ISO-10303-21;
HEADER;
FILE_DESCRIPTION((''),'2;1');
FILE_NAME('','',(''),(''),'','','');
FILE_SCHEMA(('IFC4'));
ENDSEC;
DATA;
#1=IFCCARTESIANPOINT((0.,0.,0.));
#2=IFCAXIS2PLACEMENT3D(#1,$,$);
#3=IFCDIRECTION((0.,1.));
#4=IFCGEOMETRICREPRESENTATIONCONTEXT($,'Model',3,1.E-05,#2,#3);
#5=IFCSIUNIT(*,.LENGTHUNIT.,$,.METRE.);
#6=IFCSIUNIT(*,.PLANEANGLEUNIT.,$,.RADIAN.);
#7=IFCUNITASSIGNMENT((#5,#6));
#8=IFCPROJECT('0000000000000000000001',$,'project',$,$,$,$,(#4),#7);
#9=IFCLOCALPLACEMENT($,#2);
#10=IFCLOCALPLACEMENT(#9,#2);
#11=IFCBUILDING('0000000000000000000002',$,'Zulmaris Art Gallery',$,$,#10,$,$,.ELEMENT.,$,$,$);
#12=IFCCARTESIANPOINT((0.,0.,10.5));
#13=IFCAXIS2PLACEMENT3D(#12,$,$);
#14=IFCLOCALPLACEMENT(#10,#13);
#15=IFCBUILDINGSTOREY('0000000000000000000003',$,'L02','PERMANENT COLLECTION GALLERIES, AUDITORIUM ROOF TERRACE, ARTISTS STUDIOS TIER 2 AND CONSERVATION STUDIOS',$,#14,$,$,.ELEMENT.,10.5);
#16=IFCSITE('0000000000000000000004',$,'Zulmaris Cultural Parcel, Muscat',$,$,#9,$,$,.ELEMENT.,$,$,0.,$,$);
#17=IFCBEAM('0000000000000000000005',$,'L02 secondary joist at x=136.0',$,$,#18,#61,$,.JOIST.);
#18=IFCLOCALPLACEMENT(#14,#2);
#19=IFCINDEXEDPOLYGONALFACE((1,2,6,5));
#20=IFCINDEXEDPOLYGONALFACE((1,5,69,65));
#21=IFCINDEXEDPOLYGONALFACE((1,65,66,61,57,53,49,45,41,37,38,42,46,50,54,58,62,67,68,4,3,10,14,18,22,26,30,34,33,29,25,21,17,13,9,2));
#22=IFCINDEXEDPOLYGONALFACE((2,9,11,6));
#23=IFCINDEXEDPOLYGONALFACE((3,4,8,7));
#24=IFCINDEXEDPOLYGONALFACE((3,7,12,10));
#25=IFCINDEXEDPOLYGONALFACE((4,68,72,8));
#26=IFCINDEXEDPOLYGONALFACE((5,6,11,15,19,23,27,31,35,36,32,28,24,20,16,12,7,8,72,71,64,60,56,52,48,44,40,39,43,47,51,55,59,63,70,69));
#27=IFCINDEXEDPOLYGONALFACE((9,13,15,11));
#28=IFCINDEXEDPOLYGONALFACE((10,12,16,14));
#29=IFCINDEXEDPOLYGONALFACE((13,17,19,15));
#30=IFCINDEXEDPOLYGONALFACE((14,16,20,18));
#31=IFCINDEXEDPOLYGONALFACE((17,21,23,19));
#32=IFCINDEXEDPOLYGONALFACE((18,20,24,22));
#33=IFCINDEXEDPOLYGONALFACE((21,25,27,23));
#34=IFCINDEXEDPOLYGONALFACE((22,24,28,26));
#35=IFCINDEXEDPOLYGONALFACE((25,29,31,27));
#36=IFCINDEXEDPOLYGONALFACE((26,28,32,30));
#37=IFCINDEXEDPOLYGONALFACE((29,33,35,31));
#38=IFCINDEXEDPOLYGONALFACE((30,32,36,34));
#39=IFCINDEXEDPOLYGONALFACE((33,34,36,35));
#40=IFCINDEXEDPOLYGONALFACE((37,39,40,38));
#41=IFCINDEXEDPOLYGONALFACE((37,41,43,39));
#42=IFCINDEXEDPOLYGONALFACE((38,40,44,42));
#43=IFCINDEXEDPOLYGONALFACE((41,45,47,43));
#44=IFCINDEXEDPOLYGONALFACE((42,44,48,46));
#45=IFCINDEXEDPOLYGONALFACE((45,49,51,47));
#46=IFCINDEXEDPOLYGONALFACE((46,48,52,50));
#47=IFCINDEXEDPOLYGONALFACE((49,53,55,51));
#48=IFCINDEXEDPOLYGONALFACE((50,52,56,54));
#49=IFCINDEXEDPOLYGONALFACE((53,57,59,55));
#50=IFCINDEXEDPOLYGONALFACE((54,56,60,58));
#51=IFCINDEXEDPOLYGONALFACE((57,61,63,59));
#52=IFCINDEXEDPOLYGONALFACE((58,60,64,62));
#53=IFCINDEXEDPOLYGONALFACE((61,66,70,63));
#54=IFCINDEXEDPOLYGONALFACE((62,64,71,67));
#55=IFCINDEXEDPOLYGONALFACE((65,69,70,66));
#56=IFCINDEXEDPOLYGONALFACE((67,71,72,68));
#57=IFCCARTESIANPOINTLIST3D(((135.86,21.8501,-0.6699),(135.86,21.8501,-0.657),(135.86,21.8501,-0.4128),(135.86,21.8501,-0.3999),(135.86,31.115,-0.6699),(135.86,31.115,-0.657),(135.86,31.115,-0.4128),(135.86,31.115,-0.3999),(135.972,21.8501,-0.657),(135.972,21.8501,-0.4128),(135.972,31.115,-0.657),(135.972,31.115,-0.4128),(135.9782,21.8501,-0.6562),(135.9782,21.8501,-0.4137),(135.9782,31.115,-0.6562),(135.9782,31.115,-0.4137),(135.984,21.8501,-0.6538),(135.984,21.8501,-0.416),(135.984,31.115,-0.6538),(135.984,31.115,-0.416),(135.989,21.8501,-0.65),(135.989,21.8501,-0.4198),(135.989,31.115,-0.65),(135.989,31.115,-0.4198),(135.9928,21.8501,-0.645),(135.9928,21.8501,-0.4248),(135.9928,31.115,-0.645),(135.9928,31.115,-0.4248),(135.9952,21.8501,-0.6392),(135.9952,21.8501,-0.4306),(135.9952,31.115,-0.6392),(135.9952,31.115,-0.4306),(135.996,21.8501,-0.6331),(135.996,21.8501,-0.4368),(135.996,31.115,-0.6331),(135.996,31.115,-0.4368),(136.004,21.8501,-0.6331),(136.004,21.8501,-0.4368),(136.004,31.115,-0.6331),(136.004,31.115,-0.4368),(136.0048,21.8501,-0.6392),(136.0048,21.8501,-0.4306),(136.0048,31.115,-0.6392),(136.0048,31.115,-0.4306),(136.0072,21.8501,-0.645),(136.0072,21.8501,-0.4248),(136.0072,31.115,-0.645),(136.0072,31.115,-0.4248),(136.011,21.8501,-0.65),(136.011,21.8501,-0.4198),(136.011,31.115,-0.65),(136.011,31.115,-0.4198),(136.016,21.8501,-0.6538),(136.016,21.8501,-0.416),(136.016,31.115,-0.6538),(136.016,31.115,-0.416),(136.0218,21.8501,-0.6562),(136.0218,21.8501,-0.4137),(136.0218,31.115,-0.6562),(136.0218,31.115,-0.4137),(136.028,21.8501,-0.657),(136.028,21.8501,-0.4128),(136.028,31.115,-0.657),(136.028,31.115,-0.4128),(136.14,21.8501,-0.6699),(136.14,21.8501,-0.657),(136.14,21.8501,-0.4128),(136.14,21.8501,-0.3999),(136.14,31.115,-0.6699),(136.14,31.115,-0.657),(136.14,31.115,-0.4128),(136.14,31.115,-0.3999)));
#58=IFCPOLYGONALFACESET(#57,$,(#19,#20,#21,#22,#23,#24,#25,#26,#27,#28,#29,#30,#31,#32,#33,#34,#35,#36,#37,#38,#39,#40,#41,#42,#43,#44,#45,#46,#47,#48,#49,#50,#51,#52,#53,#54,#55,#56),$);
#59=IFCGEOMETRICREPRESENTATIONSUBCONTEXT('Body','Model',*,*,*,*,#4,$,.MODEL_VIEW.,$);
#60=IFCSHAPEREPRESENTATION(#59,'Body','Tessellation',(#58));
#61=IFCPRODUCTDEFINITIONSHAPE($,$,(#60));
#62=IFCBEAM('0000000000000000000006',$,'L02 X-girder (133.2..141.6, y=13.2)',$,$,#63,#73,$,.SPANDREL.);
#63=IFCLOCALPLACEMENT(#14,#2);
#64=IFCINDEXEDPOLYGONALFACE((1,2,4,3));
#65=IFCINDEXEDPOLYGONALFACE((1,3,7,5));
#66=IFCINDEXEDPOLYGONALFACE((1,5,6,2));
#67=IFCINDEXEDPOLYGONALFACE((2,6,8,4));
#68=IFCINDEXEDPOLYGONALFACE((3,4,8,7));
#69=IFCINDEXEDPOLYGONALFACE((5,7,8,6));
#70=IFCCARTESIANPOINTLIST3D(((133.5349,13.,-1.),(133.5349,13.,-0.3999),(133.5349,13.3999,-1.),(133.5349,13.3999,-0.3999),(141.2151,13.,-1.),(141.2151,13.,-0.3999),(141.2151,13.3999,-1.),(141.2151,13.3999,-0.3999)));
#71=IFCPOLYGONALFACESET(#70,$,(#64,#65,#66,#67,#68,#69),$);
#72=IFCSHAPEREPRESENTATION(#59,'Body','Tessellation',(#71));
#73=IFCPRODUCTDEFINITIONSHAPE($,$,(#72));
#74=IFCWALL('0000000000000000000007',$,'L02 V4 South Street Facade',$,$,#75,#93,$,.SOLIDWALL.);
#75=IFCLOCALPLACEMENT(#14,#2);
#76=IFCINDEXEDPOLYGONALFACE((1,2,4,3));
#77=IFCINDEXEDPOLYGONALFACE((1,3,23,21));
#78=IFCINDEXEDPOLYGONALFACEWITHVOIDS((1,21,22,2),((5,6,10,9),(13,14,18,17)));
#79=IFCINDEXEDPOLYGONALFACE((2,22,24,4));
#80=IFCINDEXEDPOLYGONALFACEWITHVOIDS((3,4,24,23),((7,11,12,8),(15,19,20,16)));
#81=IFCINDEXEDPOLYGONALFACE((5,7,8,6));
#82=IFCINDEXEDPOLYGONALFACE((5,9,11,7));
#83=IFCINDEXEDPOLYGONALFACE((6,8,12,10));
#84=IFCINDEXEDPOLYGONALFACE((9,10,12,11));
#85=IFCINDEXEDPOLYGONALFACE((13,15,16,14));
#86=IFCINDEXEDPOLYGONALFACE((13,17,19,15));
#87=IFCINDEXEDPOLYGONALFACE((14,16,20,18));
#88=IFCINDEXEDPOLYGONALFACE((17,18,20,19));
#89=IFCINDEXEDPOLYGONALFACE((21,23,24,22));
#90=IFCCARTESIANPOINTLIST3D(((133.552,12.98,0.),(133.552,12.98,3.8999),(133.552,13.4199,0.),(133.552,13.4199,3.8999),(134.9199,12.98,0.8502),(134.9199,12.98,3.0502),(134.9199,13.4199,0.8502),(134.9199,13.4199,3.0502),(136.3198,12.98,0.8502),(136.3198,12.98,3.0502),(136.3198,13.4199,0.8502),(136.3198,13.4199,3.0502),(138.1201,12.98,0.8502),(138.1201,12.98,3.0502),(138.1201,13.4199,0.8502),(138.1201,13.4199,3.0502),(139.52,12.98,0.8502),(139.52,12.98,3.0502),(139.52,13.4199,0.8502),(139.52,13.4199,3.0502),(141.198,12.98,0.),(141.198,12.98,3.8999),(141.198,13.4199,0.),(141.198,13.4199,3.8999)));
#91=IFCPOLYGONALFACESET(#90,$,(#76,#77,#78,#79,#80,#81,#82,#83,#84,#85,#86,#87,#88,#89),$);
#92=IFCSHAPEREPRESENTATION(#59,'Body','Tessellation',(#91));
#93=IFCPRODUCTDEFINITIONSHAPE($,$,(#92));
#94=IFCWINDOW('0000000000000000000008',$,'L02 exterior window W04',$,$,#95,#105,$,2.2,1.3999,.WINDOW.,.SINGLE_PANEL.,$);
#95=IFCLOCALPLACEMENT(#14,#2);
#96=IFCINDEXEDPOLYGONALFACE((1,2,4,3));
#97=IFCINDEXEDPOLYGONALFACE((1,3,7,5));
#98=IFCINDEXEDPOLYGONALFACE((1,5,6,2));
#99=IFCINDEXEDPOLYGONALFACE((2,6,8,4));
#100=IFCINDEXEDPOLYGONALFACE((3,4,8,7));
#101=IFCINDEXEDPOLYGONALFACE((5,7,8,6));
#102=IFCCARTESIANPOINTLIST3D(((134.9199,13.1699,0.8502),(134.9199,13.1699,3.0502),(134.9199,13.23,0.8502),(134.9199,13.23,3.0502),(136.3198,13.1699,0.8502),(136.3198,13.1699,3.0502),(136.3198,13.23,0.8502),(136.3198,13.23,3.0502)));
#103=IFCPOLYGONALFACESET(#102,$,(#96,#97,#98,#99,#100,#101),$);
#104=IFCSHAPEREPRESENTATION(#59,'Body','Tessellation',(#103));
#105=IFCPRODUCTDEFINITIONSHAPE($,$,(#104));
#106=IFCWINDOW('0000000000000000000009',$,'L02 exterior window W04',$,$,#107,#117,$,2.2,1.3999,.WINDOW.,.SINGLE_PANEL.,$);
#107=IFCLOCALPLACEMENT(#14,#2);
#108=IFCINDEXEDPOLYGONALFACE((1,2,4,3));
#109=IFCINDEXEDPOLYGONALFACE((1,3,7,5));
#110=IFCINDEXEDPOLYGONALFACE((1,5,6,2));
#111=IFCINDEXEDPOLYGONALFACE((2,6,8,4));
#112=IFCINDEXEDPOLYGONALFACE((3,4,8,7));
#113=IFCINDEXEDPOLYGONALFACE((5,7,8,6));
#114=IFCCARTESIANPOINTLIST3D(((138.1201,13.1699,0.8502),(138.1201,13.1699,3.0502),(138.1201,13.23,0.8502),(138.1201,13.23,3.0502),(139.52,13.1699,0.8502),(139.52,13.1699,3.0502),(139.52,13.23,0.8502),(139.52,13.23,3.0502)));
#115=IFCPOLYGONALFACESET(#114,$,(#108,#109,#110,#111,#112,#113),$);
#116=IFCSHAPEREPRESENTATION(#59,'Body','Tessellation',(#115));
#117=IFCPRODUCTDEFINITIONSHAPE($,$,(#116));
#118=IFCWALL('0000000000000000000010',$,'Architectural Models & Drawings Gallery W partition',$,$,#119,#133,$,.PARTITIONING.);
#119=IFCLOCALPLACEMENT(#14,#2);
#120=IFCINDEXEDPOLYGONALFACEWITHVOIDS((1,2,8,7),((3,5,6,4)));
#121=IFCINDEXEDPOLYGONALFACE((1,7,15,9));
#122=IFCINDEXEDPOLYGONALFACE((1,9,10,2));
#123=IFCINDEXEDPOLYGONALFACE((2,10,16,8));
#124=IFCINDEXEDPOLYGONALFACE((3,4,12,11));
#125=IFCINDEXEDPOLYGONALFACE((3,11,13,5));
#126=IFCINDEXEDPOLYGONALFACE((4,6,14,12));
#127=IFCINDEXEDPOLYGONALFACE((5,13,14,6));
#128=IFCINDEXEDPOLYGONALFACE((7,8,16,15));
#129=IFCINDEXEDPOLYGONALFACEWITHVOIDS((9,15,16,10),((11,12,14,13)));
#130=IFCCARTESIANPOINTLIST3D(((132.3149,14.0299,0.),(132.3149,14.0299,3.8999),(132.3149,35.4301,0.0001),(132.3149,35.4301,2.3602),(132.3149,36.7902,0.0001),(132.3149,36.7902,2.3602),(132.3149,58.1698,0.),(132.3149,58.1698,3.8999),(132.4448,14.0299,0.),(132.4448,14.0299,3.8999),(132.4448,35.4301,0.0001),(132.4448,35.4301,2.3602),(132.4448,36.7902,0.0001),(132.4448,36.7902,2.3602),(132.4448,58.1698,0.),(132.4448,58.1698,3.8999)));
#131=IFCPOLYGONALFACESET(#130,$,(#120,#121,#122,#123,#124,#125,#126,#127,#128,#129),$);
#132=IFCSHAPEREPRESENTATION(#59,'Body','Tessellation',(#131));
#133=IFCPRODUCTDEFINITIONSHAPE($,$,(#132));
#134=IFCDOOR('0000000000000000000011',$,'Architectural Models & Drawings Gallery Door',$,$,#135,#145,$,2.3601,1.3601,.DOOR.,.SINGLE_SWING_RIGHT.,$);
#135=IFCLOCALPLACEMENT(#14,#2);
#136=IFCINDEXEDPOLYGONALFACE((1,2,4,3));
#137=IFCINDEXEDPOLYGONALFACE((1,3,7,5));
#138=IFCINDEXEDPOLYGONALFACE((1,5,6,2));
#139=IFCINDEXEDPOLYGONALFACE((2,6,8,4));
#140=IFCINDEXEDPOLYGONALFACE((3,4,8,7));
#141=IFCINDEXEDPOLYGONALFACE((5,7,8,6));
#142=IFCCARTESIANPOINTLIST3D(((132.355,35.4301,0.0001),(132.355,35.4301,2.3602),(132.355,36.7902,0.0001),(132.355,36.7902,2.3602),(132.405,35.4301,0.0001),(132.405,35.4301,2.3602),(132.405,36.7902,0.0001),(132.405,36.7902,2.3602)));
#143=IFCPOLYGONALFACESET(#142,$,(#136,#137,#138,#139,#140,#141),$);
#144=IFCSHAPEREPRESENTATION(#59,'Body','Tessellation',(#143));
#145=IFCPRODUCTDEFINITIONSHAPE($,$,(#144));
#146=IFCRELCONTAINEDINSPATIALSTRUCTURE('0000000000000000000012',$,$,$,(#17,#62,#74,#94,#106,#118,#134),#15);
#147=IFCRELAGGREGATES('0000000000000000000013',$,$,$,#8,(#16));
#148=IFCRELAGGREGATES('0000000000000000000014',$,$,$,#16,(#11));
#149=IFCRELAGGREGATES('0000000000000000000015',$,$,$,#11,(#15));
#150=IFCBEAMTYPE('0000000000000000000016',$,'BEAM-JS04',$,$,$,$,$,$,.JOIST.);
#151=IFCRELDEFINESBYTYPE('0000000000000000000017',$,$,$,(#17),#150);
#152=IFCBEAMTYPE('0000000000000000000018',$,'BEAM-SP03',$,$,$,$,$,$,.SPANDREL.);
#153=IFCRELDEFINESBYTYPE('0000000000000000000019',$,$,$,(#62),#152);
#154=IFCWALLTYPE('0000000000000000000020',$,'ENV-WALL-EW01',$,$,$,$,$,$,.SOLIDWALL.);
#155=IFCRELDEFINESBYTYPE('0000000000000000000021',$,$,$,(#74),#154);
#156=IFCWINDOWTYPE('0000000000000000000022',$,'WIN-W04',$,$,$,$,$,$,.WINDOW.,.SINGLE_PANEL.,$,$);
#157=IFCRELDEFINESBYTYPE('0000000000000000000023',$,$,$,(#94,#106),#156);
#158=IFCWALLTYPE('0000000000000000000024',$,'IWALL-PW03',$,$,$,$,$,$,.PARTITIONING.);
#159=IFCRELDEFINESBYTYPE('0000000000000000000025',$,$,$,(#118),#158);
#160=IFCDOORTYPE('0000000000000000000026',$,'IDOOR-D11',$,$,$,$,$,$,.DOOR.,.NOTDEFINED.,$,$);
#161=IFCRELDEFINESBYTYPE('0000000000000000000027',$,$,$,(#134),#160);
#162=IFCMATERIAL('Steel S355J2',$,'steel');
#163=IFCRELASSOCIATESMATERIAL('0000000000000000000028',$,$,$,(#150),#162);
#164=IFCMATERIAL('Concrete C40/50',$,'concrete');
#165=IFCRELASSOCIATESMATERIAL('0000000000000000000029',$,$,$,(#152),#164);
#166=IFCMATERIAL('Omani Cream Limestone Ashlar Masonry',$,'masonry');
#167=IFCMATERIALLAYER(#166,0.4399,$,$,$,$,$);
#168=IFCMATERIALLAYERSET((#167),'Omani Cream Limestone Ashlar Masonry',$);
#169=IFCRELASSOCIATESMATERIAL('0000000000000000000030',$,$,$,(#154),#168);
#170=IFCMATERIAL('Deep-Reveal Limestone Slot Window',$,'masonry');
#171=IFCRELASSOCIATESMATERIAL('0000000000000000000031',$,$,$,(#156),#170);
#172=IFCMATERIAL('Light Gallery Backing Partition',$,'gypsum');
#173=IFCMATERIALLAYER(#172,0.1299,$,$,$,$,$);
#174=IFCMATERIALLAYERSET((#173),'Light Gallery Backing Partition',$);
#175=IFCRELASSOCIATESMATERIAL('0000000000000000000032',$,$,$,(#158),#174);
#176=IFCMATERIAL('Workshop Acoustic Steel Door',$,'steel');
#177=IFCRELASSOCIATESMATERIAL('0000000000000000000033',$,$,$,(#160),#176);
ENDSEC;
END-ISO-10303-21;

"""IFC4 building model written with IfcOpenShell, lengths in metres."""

from ifc_helpers import new_model, si_unit, direction, frame, frame_2d, origin, origin_2d, place, context, subcontext, project, spatial, rectangle, i_section, extrude, material, layer, layer_set, material_profile, profile_set, type_object, element, fill, save


model = new_model("IFC4")

# Units and contexts
model_context = context("Model", 3, precision=1e-05, world=origin(), true_north=direction((0.0, 1.0)))
body_context = subcontext(model_context, "Body", "Model", "MODEL_VIEW")
ifc_project = project(units=[si_unit("LENGTHUNIT", "METRE"), si_unit("PLANEANGLEUNIT", "RADIAN")], contexts=[model_context])

# Site, building, storey
site_placement = place(None, origin())
site = spatial("IfcSite", under=ifc_project, at=site_placement, Name="Zulmaris Cultural Parcel, Muscat", CompositionType="ELEMENT", RefElevation=0.0)
building_placement = place(site_placement, origin())
building = spatial("IfcBuilding", under=site, at=building_placement, Name="Zulmaris Art Gallery", CompositionType="ELEMENT")
storey_placement = place(building_placement, frame((0.0, 0.0, 10.5)))
storey = spatial("IfcBuildingStorey", under=building, at=storey_placement, Name="L02", Description="PERMANENT COLLECTION GALLERIES, AUDITORIUM ROOF TERRACE, ARTISTS STUDIOS TIER 2 AND CONSERVATION STUDIOS", CompositionType="ELEMENT", Elevation=10.5)

# Shared definitions
ifc_material_1 = material(Name="Concrete C40/50", Category="concrete")

# Beams
ifc_material_2 = material(Name="Steel S355J2", Category="steel")
ifc_material_profile_1 = material_profile(ifc_material_2, i_section(OverallWidth=0.28, OverallDepth=0.27, WebThickness=0.0081, FlangeThickness=0.0129, FilletRadius=0.0239, at=origin_2d()), Name="HEA 280")
ifc_profile_set_1 = profile_set([ifc_material_profile_1], Name="Steel S355J2")
beam_type_1 = type_object("IfcBeamType", Name="BEAM-JS04", PredefinedType="JOIST", material=ifc_profile_set_1)
beam_1_placement = place(storey_placement, frame((136.0, 21.8501, -0.5349), z_axis=(0.0, 1.0, 0.0), x_axis=(-1.0, 0.0, 0.0)))
element("IfcBeam", 1, at=beam_1_placement, inside=storey, type_object=beam_type_1, Name="L02 secondary joist at x=136.0", PredefinedType="JOIST", context=body_context, shape_type="SweptSolid", body=[
    extrude(i_section(OverallWidth=0.28, OverallDepth=0.27, WebThickness=0.0081, FlangeThickness=0.0129, FilletRadius=0.0239, at=origin_2d()), origin(), (0.0, 0.0, 1.0), 9.2649),
])
ifc_material_profile_2 = material_profile(ifc_material_1, rectangle(XDim=0.3999, YDim=0.6001, at=origin_2d()), Name="RC 400x600")
ifc_profile_set_2 = profile_set([ifc_material_profile_2], Name="Concrete C40/50")
beam_type_2 = type_object("IfcBeamType", Name="BEAM-SP03", PredefinedType="SPANDREL", material=ifc_profile_set_2)
beam_2_placement = place(storey_placement, frame((133.5349, 13.2, -0.7), z_axis=(1.0, 0.0, 0.0), x_axis=(0.0, 1.0, 0.0)))
element("IfcBeam", 2, at=beam_2_placement, inside=storey, type_object=beam_type_2, Name="L02 X-girder (133.2..141.6, y=13.2)", PredefinedType="SPANDREL", context=body_context, shape_type="SweptSolid", body=[
    extrude(rectangle(XDim=0.3999, YDim=0.6001, at=origin_2d()), origin(), (0.0, 0.0, 1.0), 7.6802),
])

# Wall, openings, windows
ifc_material_3 = material(Name="Omani Cream Limestone Ashlar Masonry", Category="masonry")
ifc_layer_1 = layer(ifc_material_3, 0.4399)
ifc_layer_set_1 = layer_set([ifc_layer_1], Name="Omani Cream Limestone Ashlar Masonry")
wall_type_1 = type_object("IfcWallType", Name="ENV-WALL-EW01", PredefinedType="SOLIDWALL", material=ifc_layer_set_1)
wall_1_placement = place(storey_placement, frame((133.552, 13.2, 0.0), z_axis=(0.0, 0.0, 1.0), x_axis=(1.0, 0.0, 0.0)))
wall_1 = element("IfcWall", 3, at=wall_1_placement, inside=storey, type_object=wall_type_1, Name="L02 V4 South Street Facade", PredefinedType="SOLIDWALL", context=body_context, shape_type="SweptSolid", body=[
    extrude(rectangle(XDim=7.646, YDim=0.4399, at=frame_2d((3.823, 0.0))), origin(), (0.0, 0.0, 1.0), 3.8999),
])
opening_1_placement = place(wall_1_placement, frame((1.3679, 0.0, 0.8501)))
opening_1 = element("IfcOpeningElement", 4, at=opening_1_placement, cuts=wall_1, PredefinedType="OPENING", context=body_context, shape_type="SweptSolid", body=[
    extrude(rectangle(XDim=1.3999, YDim=2.2, at=frame_2d((0.7, 1.1001))), frame((0.0, 0.23, 0.0), z_axis=(0.0, -1.0, 0.0), x_axis=(1.0, 0.0, 0.0)), (0.0, 0.0, 1.0), 0.46),
])
opening_2_placement = place(wall_1_placement, frame((4.5681, 0.0, 0.8501)))
opening_2 = element("IfcOpeningElement", 5, at=opening_2_placement, cuts=wall_1, PredefinedType="OPENING", context=body_context, shape_type="SweptSolid", body=[
    extrude(rectangle(XDim=1.3999, YDim=2.2, at=frame_2d((0.7, 1.1001))), frame((0.0, 0.23, 0.0), z_axis=(0.0, -1.0, 0.0), x_axis=(1.0, 0.0, 0.0)), (0.0, 0.0, 1.0), 0.46),
])
ifc_material_4 = material(Name="Deep-Reveal Limestone Slot Window", Category="masonry")
window_type_1 = type_object("IfcWindowType", Name="WIN-W04", PartitioningType="SINGLE_PANEL", PredefinedType="WINDOW", material=ifc_material_4)
window_1_placement = place(opening_1_placement, origin())
window_1 = element("IfcWindow", 6, at=window_1_placement, inside=storey, type_object=window_type_1, Name="L02 exterior window W04", OverallHeight=2.2, OverallWidth=1.3999, PartitioningType="SINGLE_PANEL", PredefinedType="WINDOW", context=body_context, shape_type="SweptSolid", body=[
    extrude(rectangle(XDim=1.3999, YDim=2.2, at=frame_2d((0.7, 1.1001))), frame((0.0, 0.03, 0.0), z_axis=(0.0, -1.0, 0.0), x_axis=(1.0, 0.0, 0.0)), (0.0, 0.0, 1.0), 0.0601),
])
fill(opening_1, window_1)
window_2_placement = place(opening_2_placement, origin())
window_2 = element("IfcWindow", 7, at=window_2_placement, inside=storey, type_object=window_type_1, Name="L02 exterior window W04", OverallHeight=2.2, OverallWidth=1.3999, PartitioningType="SINGLE_PANEL", PredefinedType="WINDOW", context=body_context, shape_type="SweptSolid", body=[
    extrude(rectangle(XDim=1.3999, YDim=2.2, at=frame_2d((0.7, 1.1001))), frame((0.0, 0.03, 0.0), z_axis=(0.0, -1.0, 0.0), x_axis=(1.0, 0.0, 0.0)), (0.0, 0.0, 1.0), 0.0601),
])
fill(opening_2, window_2)

# Wall, opening, door
ifc_material_5 = material(Name="Light Gallery Backing Partition", Category="gypsum")
ifc_layer_2 = layer(ifc_material_5, 0.1299)
ifc_layer_set_2 = layer_set([ifc_layer_2], Name="Light Gallery Backing Partition")
wall_type_2 = type_object("IfcWallType", Name="IWALL-PW03", PredefinedType="PARTITIONING", material=ifc_layer_set_2)
wall_2_placement = place(storey_placement, frame((132.3799, 14.03, 0.0), z_axis=(0.0, 0.0, 1.0), x_axis=(0.0, 1.0, 0.0)))
wall_2 = element("IfcWall", 8, at=wall_2_placement, inside=storey, type_object=wall_type_2, Name="Architectural Models & Drawings Gallery W partition", PredefinedType="PARTITIONING", context=body_context, shape_type="SweptSolid", body=[
    extrude(rectangle(XDim=44.1399, YDim=0.1299, at=frame_2d((22.0698, 0.0))), origin(), (0.0, 0.0, 1.0), 3.8999),
])
opening_3_placement = place(wall_2_placement, frame((21.3999, 0.0, 0.0)))
opening_3 = element("IfcOpeningElement", 9, at=opening_3_placement, cuts=wall_2, PredefinedType="OPENING", context=body_context, shape_type="SweptSolid", body=[
    extrude(rectangle(XDim=1.3601, YDim=2.3601, at=frame_2d((0.6802, 1.1802))), frame((0.0, 0.075, 0.0), z_axis=(0.0, -1.0, 0.0), x_axis=(1.0, 0.0, 0.0)), (0.0, 0.0, 1.0), 0.1499),
])
ifc_material_6 = material(Name="Workshop Acoustic Steel Door", Category="steel")
door_type = type_object("IfcDoorType", Name="IDOOR-D11", OperationType="NOTDEFINED", PredefinedType="DOOR", material=ifc_material_6)
door_placement = place(opening_3_placement, origin())
door = element("IfcDoor", 10, at=door_placement, inside=storey, type_object=door_type, Name="Architectural Models & Drawings Gallery Door", OperationType="SINGLE_SWING_RIGHT", OverallHeight=2.3601, OverallWidth=1.3601, PredefinedType="DOOR", context=body_context, shape_type="SweptSolid", body=[
    extrude(rectangle(XDim=1.3601, YDim=2.3601, at=frame_2d((0.6802, 1.1802))), frame((0.0, 0.0249, 0.0), z_axis=(0.0, -1.0, 0.0), x_axis=(1.0, 0.0, 0.0)), (0.0, 0.0, 1.0), 0.05),
])
fill(opening_3, door)

save(model, "model.ifc")
